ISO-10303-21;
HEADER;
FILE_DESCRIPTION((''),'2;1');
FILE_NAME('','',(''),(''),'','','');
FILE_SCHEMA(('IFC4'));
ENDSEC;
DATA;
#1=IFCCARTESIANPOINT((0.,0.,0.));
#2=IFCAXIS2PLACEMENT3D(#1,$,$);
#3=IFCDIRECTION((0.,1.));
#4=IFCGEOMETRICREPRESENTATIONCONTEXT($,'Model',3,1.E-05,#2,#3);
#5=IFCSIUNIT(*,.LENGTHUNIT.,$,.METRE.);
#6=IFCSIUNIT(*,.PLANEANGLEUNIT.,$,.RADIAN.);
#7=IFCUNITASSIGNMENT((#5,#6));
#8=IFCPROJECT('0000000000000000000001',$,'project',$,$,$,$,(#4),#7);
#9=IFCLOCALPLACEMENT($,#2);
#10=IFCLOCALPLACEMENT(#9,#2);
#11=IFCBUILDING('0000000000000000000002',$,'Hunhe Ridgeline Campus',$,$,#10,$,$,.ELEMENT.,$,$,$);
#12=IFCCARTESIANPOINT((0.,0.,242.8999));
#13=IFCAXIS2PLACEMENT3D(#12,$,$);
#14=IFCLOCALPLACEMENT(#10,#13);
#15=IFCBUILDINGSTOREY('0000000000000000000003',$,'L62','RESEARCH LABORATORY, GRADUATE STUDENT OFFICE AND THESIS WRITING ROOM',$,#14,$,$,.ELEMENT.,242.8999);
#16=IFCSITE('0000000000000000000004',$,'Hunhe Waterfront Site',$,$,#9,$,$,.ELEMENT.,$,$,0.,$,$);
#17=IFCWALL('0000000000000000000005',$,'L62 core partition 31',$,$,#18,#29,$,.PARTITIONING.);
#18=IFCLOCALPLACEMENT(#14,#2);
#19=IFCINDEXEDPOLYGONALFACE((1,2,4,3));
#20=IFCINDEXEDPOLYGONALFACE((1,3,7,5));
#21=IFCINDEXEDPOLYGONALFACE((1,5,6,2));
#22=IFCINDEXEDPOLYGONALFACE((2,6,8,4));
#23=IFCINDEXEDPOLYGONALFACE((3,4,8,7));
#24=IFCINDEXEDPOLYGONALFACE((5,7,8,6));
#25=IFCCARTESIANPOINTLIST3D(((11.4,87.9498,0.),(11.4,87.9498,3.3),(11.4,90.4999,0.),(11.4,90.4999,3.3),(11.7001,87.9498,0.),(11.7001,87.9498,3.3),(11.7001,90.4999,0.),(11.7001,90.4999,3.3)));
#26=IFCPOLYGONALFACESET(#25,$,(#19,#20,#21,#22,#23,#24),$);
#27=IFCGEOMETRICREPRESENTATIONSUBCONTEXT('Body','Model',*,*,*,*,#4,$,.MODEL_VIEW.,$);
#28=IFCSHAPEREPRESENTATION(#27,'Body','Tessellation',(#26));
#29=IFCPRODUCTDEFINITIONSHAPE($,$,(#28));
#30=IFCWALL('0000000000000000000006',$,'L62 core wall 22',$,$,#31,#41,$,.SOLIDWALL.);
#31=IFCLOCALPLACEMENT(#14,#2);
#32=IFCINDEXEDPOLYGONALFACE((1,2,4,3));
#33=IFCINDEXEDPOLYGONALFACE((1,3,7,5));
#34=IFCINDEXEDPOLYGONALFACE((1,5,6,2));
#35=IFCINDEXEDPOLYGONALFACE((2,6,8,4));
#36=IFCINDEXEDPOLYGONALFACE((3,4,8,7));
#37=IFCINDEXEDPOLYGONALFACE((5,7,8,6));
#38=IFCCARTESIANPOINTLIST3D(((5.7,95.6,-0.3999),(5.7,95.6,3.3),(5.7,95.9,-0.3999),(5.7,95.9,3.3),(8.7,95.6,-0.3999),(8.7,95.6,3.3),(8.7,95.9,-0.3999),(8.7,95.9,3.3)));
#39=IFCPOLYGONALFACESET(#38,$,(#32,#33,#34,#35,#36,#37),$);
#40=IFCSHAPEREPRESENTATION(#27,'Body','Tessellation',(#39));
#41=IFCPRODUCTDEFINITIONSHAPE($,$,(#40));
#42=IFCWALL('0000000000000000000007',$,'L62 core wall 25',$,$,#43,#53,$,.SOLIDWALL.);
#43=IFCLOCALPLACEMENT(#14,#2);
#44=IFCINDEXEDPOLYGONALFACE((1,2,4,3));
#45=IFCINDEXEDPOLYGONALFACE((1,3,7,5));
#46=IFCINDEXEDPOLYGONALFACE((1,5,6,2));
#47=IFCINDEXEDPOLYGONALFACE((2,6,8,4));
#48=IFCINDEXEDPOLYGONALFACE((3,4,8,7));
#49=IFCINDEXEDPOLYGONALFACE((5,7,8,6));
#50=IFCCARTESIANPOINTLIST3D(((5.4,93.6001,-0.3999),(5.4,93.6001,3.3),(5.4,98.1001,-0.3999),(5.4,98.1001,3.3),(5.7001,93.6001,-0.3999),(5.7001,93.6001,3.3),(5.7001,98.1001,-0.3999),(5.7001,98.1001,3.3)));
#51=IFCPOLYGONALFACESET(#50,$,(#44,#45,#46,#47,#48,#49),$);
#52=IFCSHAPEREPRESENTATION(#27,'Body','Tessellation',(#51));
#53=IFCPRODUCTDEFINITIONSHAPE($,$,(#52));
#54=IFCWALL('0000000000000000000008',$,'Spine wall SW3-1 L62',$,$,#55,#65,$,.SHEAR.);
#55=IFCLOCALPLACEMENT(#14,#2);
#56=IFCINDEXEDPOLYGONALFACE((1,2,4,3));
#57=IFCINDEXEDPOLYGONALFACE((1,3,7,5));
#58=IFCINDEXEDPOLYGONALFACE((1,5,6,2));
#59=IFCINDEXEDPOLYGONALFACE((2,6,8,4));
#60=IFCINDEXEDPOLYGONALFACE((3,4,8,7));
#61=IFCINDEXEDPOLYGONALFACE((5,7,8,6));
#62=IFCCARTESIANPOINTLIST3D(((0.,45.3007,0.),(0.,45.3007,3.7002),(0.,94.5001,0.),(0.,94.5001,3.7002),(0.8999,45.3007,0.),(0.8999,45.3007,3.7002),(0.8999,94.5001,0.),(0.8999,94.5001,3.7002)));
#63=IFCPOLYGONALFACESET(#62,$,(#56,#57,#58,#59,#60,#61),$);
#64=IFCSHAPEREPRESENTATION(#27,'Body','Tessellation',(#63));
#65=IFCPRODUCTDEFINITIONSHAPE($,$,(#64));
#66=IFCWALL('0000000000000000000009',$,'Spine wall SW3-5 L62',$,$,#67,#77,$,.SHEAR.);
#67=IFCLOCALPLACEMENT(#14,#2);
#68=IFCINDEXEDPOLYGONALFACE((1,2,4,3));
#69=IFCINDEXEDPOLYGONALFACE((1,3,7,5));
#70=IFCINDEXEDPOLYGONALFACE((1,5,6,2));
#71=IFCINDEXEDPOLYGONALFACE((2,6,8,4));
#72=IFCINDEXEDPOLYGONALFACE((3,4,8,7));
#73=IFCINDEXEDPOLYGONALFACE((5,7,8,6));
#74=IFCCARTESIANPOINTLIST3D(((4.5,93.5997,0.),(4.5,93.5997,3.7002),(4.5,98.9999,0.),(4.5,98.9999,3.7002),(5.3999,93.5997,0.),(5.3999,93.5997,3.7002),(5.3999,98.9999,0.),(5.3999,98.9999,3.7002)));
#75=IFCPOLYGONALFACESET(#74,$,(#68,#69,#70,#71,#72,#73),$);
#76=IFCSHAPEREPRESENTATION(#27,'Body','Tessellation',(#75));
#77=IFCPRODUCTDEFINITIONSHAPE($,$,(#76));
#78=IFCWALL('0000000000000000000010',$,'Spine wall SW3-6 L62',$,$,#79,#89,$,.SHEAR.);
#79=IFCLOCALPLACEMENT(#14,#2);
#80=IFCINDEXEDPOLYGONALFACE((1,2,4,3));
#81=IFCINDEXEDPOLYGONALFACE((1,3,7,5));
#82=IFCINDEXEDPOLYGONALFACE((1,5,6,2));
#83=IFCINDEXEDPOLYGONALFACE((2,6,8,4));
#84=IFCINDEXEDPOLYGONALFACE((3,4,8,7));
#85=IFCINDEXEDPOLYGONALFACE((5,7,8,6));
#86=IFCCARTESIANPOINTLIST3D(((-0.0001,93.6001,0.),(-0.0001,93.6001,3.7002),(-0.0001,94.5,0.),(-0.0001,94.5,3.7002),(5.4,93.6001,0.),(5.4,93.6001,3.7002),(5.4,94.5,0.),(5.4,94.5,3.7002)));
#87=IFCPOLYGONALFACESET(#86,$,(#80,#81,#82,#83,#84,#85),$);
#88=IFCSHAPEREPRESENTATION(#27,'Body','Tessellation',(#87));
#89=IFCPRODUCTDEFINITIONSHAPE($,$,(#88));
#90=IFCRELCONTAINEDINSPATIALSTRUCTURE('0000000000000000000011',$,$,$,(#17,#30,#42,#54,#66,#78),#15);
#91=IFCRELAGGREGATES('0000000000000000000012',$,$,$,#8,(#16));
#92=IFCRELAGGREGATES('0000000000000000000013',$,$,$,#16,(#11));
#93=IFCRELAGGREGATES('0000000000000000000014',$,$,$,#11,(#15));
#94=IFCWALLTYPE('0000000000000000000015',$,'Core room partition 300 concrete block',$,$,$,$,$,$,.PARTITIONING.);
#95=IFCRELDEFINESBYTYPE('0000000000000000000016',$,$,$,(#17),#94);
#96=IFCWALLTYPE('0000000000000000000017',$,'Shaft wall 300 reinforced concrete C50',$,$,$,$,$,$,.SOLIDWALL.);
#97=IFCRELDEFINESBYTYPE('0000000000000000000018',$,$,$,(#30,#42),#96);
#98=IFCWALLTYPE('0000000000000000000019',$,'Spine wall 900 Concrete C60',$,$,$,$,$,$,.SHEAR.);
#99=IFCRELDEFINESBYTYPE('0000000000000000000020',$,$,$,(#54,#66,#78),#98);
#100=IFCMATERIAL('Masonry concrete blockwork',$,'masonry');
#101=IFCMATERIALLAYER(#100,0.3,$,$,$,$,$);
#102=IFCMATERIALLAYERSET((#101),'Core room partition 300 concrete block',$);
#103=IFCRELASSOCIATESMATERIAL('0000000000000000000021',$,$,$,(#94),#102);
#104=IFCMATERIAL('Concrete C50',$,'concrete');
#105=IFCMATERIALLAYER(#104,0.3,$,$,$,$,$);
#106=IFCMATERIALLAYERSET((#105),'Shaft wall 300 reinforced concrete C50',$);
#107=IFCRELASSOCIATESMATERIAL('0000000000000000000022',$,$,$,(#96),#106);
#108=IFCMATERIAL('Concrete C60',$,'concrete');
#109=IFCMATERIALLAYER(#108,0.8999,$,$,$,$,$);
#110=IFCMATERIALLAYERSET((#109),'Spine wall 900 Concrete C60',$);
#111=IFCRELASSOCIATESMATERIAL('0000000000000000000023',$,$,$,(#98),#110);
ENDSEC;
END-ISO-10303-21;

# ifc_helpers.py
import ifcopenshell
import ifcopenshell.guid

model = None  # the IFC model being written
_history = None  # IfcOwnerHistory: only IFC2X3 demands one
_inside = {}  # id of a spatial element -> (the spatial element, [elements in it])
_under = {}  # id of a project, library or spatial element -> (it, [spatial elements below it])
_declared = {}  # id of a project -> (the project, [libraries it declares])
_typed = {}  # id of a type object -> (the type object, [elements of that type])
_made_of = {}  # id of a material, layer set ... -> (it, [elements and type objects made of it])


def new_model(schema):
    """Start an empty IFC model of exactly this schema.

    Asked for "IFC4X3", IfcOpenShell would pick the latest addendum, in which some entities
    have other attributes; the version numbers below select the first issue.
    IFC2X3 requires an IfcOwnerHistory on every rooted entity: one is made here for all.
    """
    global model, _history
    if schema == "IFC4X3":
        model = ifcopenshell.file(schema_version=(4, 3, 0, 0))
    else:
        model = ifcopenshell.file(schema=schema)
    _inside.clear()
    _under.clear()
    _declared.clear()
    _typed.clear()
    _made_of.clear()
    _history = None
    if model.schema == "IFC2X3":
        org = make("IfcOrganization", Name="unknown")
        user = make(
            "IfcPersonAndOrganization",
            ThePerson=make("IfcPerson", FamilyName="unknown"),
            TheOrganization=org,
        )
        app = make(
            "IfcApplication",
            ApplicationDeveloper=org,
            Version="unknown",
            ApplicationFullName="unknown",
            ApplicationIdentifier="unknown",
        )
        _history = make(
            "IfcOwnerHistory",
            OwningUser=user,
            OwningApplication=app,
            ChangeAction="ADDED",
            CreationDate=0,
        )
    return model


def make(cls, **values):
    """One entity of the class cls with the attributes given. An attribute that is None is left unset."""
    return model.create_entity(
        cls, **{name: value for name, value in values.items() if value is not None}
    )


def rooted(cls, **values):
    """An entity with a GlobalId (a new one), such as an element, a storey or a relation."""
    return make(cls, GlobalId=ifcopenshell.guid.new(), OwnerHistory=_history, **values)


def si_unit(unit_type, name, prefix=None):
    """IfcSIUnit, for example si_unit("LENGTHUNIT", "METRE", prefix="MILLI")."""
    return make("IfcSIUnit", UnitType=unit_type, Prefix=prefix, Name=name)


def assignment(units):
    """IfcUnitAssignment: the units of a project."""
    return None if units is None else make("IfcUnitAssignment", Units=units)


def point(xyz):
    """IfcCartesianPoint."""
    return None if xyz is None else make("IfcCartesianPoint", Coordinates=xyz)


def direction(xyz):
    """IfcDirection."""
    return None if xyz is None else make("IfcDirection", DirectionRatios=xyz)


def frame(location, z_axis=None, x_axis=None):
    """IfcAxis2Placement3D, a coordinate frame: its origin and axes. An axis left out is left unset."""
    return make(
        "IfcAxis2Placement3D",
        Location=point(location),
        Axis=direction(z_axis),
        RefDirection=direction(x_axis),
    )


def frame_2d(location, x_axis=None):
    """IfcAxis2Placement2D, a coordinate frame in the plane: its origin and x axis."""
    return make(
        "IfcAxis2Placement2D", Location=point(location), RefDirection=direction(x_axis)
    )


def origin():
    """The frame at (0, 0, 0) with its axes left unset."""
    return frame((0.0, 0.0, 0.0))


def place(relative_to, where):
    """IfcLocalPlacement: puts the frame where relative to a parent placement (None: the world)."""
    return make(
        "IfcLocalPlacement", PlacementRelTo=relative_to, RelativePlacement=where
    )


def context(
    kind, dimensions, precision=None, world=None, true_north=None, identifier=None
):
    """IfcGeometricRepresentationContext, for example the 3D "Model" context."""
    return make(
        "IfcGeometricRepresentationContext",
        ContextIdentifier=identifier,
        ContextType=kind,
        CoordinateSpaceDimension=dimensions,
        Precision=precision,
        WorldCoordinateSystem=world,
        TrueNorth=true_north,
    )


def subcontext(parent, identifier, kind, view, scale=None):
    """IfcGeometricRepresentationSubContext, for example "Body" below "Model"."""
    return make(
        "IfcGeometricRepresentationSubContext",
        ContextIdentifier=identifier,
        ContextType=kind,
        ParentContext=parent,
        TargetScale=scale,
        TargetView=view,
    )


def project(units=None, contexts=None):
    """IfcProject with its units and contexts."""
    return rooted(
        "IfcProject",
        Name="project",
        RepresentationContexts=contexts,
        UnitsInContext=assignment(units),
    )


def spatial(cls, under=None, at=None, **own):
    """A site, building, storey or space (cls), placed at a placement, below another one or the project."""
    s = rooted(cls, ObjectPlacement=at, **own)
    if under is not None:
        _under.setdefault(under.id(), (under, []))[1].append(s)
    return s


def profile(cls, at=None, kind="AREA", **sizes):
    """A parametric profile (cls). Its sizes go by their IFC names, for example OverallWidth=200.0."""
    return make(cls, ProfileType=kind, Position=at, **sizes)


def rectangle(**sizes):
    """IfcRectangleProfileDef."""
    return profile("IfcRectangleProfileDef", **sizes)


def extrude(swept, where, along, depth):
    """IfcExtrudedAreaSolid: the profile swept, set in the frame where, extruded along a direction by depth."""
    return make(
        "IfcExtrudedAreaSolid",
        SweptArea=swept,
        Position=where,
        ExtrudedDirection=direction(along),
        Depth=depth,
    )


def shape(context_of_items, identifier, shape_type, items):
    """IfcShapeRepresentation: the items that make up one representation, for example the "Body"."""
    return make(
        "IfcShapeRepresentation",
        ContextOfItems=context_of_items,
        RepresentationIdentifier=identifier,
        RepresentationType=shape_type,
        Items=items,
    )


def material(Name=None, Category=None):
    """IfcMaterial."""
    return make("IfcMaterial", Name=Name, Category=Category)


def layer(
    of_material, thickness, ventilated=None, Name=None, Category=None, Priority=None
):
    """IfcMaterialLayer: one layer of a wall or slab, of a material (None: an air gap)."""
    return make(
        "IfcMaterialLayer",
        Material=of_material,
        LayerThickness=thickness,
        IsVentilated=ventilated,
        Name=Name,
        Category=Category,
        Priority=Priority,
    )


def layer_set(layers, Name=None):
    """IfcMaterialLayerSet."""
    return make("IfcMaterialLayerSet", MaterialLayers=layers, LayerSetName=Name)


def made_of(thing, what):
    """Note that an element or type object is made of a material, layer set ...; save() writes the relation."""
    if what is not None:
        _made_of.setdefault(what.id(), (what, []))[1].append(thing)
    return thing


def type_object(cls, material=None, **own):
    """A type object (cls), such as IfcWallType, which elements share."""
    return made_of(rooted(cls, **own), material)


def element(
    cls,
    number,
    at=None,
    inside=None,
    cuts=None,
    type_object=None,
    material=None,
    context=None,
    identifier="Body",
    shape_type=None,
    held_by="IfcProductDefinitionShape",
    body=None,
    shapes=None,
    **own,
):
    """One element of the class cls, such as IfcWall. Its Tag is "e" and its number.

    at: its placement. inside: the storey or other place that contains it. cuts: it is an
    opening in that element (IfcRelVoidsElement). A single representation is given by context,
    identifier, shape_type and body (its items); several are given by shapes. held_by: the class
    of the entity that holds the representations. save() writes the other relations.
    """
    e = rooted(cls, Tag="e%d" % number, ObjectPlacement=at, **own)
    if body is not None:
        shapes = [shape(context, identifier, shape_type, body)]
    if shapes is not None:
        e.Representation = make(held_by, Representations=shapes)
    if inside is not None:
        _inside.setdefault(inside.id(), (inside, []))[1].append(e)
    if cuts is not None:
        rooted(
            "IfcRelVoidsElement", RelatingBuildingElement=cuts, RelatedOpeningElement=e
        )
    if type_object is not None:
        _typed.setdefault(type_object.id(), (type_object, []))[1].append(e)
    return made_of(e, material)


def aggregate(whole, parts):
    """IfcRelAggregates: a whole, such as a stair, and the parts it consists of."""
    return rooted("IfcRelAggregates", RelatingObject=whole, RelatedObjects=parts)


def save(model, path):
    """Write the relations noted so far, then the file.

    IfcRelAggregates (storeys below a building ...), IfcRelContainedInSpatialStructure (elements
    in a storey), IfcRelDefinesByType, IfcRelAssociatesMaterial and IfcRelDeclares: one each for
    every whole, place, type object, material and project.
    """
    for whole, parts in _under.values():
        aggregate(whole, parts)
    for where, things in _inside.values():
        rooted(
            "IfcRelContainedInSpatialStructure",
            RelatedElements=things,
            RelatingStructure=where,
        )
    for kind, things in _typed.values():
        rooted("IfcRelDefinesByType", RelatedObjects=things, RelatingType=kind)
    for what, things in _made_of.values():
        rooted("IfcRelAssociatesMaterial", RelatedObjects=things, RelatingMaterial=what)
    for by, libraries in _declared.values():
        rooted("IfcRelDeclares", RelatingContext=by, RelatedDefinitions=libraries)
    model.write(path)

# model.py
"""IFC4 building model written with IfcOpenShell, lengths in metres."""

from ifc_helpers import new_model, si_unit, direction, frame, frame_2d, origin, place, context, subcontext, project, spatial, rectangle, extrude, material, layer, layer_set, type_object, element, save


model = new_model("IFC4")

# Units and contexts
model_context = context("Model", 3, precision=1e-05, world=origin(), true_north=direction((0.0, 1.0)))
body_context = subcontext(model_context, "Body", "Model", "MODEL_VIEW")
ifc_project = project(units=[si_unit("LENGTHUNIT", "METRE"), si_unit("PLANEANGLEUNIT", "RADIAN")], contexts=[model_context])

# Site, building, storey
site_placement = place(None, origin())
site = spatial("IfcSite", under=ifc_project, at=site_placement, Name="Hunhe Waterfront Site", CompositionType="ELEMENT", RefElevation=0.0)
building_placement = place(site_placement, origin())
building = spatial("IfcBuilding", under=site, at=building_placement, Name="Hunhe Ridgeline Campus", CompositionType="ELEMENT")
storey_placement = place(building_placement, frame((0.0, 0.0, 242.8999)))
storey = spatial("IfcBuildingStorey", under=building, at=storey_placement, Name="L62", Description="RESEARCH LABORATORY, GRADUATE STUDENT OFFICE AND THESIS WRITING ROOM", CompositionType="ELEMENT", Elevation=242.8999)

# Wall
ifc_material_1 = material(Name="Masonry concrete blockwork", Category="masonry")
ifc_layer_1 = layer(ifc_material_1, 0.3)
ifc_layer_set_1 = layer_set([ifc_layer_1], Name="Core room partition 300 concrete block")
wall_type_1 = type_object("IfcWallType", Name="Core room partition 300 concrete block", PredefinedType="PARTITIONING", material=ifc_layer_set_1)
wall_1_placement = place(storey_placement, frame((11.55, 87.95, 0.0), z_axis=(0.0, 0.0, 1.0), x_axis=(0.0, 1.0, 0.0)))
element("IfcWall", 1, at=wall_1_placement, inside=storey, type_object=wall_type_1, Name="L62 core partition 31", PredefinedType="PARTITIONING", context=body_context, shape_type="SweptSolid", body=[
    extrude(rectangle(XDim=2.55, YDim=0.3, at=frame_2d((1.2749, 0.0))), origin(), (0.0, 0.0, 1.0), 3.3),
])

# Shared definitions
ifc_material_2 = material(Name="Concrete C50", Category="concrete")
ifc_layer_2 = layer(ifc_material_2, 0.3)
ifc_layer_set_2 = layer_set([ifc_layer_2], Name="Shaft wall 300 reinforced concrete C50")
wall_type_2 = type_object("IfcWallType", Name="Shaft wall 300 reinforced concrete C50", PredefinedType="SOLIDWALL", material=ifc_layer_set_2)

# Walls
wall_2_placement = place(storey_placement, frame((5.7, 95.75, -0.3999), z_axis=(0.0, 0.0, 1.0), x_axis=(1.0, 0.0, 0.0)))
element("IfcWall", 2, at=wall_2_placement, inside=storey, type_object=wall_type_2, Name="L62 core wall 22", PredefinedType="SOLIDWALL", context=body_context, shape_type="SweptSolid", body=[
    extrude(rectangle(XDim=3.0, YDim=0.3, at=frame_2d((1.5, 0.0))), origin(), (0.0, 0.0, 1.0), 3.7),
])
wall_3_placement = place(storey_placement, frame((5.55, 93.6001, -0.3999), z_axis=(0.0, 0.0, 1.0), x_axis=(0.0, 1.0, 0.0)))
element("IfcWall", 3, at=wall_3_placement, inside=storey, type_object=wall_type_2, Name="L62 core wall 25", PredefinedType="SOLIDWALL", context=body_context, shape_type="SweptSolid", body=[
    extrude(rectangle(XDim=4.5, YDim=0.3, at=frame_2d((2.25, 0.0))), origin(), (0.0, 0.0, 1.0), 3.7),
])

# Walls
ifc_material_3 = material(Name="Concrete C60", Category="concrete")
ifc_layer_3 = layer(ifc_material_3, 0.8999)
ifc_layer_set_3 = layer_set([ifc_layer_3], Name="Spine wall 900 Concrete C60")
wall_type_3 = type_object("IfcWallType", Name="Spine wall 900 Concrete C60", PredefinedType="SHEAR", material=ifc_layer_set_3)
wall_4_placement = place(storey_placement, frame((0.45, 94.5, 0.0), z_axis=(0.0, 0.0, 1.0), x_axis=(0.0, -1.0, 0.0)))
element("IfcWall", 4, at=wall_4_placement, inside=storey, type_object=wall_type_3, Name="Spine wall SW3-1 L62", PredefinedType="SHEAR", context=body_context, shape_type="SweptSolid", body=[
    extrude(rectangle(XDim=49.1995, YDim=0.8999, at=frame_2d((24.5996, 0.0))), origin(), (0.0, 0.0, 1.0), 3.7002),
])
for number, where, z_axis, x_axis, name in (
    (5, (4.95, 99.0, 0.0), (0.0, 0.0, 1.0), (0.0, -1.0, 0.0), "Spine wall SW3-5 L62"),
    (6, (5.4001, 94.05, 0.0), (0.0, 0.0, 1.0), (-1.0, 0.0, 0.0), "Spine wall SW3-6 L62"),
):
    element("IfcWall", number, at=place(storey_placement, frame(where, z_axis=z_axis, x_axis=x_axis)), inside=storey, type_object=wall_type_3, Name=name, PredefinedType="SHEAR", context=body_context, shape_type="SweptSolid", body=[
        extrude(rectangle(XDim=5.4001, YDim=0.8999, at=frame_2d((2.7002, 0.0))), origin(), (0.0, 0.0, 1.0), 3.7002),
    ])

save(model, "model.ifc")
